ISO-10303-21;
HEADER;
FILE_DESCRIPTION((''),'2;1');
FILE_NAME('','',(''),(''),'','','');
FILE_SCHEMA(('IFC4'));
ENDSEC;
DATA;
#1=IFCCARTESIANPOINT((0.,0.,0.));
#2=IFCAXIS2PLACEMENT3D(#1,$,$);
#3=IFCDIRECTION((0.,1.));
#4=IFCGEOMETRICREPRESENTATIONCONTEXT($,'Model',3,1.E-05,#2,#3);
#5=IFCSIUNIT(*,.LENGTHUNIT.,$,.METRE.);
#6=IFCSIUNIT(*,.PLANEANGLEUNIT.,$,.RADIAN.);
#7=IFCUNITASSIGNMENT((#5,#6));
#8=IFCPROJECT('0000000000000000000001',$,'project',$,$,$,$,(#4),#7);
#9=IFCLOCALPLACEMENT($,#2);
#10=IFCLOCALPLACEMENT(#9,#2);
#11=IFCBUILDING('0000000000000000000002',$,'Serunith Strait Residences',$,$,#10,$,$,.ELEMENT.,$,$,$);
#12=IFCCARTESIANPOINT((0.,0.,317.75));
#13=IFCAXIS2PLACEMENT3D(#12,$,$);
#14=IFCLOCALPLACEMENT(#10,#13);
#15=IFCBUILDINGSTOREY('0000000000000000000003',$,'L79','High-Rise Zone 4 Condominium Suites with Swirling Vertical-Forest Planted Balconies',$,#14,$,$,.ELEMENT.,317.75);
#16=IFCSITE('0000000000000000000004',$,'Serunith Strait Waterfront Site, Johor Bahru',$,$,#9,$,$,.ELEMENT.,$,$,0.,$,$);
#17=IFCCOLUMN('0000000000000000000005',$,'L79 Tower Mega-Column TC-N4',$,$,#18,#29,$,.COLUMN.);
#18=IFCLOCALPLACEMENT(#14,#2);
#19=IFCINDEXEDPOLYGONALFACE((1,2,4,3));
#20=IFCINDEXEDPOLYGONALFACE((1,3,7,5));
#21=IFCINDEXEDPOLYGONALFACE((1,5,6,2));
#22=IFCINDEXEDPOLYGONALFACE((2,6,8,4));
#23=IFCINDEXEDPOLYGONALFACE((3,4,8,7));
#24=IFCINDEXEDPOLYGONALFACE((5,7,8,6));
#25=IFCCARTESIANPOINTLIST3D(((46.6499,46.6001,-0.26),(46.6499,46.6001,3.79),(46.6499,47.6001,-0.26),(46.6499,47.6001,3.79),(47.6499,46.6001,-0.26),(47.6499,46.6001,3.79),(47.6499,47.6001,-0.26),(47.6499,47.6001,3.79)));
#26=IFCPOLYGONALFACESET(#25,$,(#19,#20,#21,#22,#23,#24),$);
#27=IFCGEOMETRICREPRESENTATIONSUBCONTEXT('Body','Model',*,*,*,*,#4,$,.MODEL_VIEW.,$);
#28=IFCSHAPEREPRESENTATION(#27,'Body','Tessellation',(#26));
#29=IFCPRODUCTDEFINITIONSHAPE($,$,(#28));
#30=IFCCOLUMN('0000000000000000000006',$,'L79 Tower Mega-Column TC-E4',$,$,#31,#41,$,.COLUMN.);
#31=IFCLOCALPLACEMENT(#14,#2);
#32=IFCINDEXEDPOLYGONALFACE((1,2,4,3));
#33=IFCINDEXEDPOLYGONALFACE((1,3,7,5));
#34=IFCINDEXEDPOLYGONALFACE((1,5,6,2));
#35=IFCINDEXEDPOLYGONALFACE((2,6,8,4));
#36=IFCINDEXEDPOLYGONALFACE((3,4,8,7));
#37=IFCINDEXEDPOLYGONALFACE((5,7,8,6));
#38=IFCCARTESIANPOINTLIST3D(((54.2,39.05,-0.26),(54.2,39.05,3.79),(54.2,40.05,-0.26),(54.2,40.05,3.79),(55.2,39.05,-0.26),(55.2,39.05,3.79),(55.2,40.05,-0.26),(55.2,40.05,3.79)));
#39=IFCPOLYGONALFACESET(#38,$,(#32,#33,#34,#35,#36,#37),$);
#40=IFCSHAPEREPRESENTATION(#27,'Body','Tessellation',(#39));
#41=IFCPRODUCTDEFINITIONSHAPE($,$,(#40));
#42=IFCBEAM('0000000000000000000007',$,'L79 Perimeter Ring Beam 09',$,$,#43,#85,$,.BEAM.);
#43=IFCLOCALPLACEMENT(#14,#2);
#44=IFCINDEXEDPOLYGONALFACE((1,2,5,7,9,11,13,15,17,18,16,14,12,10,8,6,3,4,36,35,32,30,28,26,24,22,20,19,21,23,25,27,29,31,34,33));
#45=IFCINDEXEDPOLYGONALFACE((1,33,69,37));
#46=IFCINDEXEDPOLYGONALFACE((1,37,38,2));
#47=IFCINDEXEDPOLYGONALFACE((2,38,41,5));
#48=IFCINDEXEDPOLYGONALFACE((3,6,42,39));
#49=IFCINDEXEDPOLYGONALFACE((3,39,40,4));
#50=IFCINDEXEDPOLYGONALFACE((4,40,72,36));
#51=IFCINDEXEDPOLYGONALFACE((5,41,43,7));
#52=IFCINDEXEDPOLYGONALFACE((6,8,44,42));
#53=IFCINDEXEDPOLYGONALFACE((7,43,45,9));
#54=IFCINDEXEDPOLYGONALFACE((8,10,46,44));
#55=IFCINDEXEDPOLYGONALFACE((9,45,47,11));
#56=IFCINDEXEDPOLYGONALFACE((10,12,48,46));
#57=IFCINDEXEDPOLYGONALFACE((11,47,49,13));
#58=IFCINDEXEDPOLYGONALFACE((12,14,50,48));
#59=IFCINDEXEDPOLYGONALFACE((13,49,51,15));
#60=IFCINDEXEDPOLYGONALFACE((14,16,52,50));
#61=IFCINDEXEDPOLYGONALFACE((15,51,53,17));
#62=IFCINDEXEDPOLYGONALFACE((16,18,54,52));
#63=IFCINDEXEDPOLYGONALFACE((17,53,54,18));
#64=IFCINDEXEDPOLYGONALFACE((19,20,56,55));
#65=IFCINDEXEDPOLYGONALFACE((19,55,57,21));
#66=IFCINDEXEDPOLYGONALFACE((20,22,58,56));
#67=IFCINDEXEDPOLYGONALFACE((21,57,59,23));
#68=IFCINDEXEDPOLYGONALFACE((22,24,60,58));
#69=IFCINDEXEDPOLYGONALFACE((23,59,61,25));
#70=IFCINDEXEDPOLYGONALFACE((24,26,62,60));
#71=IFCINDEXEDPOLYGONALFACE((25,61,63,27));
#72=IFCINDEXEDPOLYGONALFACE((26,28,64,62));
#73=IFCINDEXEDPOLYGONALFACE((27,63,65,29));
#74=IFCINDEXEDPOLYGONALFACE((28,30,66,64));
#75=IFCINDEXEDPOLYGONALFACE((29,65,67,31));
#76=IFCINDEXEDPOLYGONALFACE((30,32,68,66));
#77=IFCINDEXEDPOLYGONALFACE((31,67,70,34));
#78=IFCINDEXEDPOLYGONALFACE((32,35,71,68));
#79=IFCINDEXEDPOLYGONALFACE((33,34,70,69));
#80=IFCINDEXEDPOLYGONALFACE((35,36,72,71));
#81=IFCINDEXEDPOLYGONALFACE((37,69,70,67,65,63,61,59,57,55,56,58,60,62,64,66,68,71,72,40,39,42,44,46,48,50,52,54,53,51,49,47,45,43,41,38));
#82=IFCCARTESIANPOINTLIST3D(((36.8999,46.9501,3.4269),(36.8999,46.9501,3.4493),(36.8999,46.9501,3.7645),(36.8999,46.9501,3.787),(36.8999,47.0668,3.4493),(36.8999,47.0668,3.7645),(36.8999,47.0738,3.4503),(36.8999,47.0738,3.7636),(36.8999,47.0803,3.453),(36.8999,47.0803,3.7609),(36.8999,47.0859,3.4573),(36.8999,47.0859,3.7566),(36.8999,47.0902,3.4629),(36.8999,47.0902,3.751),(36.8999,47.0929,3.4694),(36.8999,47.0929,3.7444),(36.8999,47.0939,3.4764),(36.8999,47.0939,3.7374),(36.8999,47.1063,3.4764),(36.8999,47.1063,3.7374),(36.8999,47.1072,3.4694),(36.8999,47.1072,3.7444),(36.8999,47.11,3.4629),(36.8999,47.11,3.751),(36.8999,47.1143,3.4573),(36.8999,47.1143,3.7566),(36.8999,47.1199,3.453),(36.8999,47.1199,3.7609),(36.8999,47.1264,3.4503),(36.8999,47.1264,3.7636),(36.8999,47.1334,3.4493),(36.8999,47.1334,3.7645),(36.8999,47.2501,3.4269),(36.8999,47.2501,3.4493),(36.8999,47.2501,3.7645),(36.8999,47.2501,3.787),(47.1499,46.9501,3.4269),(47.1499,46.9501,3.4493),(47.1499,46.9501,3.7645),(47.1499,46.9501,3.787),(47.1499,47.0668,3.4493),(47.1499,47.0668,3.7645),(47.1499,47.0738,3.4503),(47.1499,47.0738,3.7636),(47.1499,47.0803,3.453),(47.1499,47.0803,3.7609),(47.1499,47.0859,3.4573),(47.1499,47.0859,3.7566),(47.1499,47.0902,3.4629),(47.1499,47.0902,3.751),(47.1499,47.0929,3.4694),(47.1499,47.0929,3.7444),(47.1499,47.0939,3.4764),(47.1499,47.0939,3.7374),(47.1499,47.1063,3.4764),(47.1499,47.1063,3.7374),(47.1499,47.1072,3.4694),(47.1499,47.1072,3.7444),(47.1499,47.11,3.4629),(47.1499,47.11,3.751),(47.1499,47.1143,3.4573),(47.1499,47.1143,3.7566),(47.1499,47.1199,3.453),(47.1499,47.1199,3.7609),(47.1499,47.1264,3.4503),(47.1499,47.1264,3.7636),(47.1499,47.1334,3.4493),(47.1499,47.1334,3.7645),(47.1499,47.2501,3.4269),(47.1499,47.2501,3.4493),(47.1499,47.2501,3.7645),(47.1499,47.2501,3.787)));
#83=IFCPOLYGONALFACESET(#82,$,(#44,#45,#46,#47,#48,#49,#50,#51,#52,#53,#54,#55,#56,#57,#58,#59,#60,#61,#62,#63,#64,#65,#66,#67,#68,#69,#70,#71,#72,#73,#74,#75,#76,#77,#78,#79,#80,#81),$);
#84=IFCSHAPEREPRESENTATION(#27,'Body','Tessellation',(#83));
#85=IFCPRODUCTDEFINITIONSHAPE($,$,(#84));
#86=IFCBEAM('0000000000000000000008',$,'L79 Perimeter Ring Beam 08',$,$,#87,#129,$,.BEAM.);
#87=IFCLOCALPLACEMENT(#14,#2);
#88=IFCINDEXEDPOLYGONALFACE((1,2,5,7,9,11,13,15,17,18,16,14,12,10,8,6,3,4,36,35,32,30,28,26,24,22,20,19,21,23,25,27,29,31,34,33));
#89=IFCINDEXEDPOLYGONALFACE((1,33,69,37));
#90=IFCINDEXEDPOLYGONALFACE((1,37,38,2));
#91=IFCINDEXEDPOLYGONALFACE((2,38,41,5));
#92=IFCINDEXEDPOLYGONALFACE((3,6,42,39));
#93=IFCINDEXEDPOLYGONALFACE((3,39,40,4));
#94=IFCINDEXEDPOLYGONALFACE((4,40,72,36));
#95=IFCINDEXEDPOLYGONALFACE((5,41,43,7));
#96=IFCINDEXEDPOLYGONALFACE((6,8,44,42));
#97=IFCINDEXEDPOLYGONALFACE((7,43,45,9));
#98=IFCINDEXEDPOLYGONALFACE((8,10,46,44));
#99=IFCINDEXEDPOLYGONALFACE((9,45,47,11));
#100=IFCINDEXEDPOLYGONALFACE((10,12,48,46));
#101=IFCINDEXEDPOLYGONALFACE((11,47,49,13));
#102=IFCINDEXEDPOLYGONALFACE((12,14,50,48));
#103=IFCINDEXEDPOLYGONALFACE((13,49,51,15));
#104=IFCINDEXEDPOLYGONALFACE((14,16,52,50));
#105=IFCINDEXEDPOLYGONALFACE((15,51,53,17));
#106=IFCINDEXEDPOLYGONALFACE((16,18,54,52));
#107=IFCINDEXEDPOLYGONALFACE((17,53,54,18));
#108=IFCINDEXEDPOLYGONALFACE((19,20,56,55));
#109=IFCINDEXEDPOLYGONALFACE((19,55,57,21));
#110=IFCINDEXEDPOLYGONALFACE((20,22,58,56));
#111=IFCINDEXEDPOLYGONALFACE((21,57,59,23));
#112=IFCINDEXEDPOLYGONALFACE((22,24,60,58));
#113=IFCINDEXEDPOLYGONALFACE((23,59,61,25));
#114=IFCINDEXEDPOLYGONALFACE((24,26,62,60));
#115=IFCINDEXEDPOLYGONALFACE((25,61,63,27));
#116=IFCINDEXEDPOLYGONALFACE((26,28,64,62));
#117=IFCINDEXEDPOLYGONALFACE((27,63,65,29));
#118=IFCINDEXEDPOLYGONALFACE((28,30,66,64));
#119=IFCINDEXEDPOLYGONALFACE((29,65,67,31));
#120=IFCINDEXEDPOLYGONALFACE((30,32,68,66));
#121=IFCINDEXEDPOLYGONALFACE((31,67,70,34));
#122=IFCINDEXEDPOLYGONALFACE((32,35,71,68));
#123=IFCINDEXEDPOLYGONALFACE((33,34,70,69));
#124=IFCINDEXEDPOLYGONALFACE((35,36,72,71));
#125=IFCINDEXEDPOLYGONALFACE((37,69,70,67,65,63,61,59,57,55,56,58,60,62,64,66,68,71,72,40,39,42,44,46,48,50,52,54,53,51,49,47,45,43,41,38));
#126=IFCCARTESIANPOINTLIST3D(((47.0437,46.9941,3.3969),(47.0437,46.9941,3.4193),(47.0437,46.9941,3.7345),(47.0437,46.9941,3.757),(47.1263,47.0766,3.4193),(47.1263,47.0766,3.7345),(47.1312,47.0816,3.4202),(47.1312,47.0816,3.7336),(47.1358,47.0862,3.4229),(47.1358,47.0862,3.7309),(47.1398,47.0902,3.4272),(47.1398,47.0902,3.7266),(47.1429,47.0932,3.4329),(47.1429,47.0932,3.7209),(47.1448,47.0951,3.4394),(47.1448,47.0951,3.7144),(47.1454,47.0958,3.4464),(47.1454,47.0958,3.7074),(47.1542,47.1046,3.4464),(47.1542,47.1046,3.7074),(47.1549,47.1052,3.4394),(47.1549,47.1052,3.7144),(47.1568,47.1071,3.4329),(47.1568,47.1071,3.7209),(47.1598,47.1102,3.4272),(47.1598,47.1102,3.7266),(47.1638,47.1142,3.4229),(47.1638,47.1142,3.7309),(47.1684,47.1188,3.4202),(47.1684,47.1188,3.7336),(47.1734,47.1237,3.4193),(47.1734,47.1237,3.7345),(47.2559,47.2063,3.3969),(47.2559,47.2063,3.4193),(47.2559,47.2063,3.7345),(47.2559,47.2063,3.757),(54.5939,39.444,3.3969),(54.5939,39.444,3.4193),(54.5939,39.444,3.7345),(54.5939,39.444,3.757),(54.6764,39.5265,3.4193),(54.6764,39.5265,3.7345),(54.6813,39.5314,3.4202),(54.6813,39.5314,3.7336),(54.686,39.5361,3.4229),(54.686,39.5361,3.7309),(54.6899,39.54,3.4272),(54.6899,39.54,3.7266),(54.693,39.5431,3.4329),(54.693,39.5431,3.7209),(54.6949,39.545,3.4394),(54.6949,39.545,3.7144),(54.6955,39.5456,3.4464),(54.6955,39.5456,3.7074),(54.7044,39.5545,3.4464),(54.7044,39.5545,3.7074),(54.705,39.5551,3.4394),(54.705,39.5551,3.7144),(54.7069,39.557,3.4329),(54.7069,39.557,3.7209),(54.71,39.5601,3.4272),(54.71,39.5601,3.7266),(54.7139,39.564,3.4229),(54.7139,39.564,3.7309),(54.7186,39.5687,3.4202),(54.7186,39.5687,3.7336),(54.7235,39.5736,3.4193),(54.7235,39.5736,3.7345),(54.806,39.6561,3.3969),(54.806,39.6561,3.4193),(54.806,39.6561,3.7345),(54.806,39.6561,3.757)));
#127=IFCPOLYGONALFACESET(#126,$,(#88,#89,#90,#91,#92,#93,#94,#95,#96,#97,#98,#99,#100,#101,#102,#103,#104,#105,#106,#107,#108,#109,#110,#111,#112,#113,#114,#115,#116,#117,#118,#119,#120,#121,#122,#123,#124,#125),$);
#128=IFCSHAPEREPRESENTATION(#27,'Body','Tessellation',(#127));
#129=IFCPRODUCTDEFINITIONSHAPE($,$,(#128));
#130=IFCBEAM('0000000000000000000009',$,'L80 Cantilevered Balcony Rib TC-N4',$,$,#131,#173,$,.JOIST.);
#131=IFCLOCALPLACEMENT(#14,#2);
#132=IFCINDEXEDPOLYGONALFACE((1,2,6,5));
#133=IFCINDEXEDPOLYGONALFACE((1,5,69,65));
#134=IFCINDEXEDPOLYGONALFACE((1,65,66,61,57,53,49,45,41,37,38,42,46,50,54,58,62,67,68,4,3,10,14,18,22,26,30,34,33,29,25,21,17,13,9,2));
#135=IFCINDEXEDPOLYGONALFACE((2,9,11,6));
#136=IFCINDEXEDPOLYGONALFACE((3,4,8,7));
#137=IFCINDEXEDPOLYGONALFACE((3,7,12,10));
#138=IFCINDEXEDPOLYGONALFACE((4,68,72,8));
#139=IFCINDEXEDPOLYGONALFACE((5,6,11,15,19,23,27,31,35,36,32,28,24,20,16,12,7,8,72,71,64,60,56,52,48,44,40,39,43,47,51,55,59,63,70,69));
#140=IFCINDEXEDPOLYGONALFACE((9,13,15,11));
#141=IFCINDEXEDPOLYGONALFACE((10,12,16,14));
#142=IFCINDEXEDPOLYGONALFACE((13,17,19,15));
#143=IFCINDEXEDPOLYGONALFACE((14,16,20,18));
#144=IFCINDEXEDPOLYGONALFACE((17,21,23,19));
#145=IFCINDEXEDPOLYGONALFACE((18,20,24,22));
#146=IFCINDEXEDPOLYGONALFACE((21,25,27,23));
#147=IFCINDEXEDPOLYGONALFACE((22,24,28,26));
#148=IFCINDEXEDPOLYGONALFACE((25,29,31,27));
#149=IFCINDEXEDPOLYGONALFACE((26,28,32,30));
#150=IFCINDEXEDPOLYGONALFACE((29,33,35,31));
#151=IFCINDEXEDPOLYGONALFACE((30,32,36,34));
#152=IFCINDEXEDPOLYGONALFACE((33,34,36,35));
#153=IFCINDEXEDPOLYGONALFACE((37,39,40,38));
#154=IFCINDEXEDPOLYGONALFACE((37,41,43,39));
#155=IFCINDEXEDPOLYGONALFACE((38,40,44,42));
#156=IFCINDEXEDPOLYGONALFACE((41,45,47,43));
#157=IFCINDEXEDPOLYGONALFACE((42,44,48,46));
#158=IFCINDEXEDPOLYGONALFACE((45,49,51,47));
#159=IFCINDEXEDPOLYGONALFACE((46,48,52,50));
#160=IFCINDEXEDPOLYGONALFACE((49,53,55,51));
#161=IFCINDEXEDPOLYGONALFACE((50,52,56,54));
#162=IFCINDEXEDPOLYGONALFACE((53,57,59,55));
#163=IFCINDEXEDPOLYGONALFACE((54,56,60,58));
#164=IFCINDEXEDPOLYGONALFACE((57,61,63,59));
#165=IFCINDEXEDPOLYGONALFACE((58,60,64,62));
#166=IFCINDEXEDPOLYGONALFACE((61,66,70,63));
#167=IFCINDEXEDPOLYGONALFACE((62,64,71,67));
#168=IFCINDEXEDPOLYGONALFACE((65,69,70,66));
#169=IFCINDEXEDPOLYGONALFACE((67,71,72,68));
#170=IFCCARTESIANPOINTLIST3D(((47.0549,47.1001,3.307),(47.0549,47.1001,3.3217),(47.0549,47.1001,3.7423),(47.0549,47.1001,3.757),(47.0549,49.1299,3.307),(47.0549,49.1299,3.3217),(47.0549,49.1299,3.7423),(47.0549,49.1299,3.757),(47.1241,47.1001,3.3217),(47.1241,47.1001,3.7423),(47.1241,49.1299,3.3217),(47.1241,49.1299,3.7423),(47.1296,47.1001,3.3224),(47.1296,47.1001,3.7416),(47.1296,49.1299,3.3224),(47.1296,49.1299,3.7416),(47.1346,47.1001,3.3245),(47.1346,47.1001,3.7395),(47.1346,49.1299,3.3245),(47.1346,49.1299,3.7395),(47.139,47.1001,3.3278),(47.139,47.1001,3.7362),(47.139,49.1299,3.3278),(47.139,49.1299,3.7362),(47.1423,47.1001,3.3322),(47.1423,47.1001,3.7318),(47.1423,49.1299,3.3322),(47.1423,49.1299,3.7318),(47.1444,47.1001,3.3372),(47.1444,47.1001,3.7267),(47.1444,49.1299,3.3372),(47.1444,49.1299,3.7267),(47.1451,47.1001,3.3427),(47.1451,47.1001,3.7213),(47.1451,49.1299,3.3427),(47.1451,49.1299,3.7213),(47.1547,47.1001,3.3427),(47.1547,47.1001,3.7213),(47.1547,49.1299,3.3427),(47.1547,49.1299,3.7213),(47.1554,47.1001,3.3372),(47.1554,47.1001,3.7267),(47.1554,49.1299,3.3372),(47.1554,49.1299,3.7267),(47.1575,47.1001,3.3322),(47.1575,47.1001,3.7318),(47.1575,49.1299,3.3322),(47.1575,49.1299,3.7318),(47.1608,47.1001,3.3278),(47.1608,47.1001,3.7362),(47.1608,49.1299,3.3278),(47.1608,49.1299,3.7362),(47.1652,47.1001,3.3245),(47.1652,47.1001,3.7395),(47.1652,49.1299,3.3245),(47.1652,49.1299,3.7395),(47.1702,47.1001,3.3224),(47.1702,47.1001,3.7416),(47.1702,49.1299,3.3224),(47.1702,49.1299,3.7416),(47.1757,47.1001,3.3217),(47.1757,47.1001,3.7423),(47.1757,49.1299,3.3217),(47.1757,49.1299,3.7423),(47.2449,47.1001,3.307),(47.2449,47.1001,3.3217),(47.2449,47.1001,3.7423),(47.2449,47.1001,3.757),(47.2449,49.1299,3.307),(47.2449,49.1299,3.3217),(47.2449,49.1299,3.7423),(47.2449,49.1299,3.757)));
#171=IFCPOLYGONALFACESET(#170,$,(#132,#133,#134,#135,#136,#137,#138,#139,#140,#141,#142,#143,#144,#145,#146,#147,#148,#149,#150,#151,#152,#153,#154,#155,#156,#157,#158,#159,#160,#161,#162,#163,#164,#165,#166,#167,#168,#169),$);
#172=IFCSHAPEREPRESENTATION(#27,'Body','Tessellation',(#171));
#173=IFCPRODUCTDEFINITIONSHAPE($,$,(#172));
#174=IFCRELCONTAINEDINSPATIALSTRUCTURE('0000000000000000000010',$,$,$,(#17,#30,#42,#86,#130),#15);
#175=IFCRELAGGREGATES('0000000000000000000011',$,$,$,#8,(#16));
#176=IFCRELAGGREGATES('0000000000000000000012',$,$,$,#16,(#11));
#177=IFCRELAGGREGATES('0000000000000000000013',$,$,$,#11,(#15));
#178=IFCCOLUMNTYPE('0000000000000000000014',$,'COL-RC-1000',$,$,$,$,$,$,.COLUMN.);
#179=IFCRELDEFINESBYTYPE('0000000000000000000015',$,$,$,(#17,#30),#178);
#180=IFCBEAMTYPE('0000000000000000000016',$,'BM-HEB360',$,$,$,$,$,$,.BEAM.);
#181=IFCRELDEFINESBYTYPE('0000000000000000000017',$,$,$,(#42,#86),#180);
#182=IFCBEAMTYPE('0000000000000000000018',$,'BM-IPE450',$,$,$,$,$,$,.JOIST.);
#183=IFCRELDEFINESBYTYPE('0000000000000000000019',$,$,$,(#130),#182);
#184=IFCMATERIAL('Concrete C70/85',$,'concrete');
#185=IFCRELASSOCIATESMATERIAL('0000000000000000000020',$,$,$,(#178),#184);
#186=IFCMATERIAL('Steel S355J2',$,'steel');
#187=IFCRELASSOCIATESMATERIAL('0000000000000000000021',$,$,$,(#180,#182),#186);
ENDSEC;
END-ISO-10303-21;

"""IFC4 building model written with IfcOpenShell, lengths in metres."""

from ifc_helpers import new_model, si_unit, direction, frame, origin, origin_2d, place, context, subcontext, project, spatial, rectangle, i_section, extrude, source, transform, mapped, material, material_profile, profile_set, type_object, element, save


model = new_model("IFC4")

# Units and contexts
model_context = context("Model", 3, precision=1e-05, world=origin(), true_north=direction((0.0, 1.0)))
body_context = subcontext(model_context, "Body", "Model", "MODEL_VIEW")
ifc_project = project(units=[si_unit("LENGTHUNIT", "METRE"), si_unit("PLANEANGLEUNIT", "RADIAN")], contexts=[model_context])

# Site, building, storey
site_placement = place(None, origin())
site = spatial("IfcSite", under=ifc_project, at=site_placement, Name="Serunith Strait Waterfront Site, Johor Bahru", CompositionType="ELEMENT", RefElevation=0.0)
building_placement = place(site_placement, origin())
building = spatial("IfcBuilding", under=site, at=building_placement, Name="Serunith Strait Residences", CompositionType="ELEMENT")
storey_placement = place(building_placement, frame((0.0, 0.0, 317.75)))
storey = spatial("IfcBuildingStorey", under=building, at=storey_placement, Name="L79", Description="High-Rise Zone 4 Condominium Suites with Swirling Vertical-Forest Planted Balconies", CompositionType="ELEMENT", Elevation=317.75)

# Columns
ifc_material_1 = material(Name="Concrete C70/85", Category="concrete")
ifc_material_profile_1 = material_profile(ifc_material_1, rectangle(XDim=1.0, YDim=1.0, at=origin_2d()), Name="RC 1000x1000")
ifc_profile_set_1 = profile_set([ifc_material_profile_1], Name="Concrete C70/85")
column_type = type_object("IfcColumnType", Name="COL-RC-1000", PredefinedType="COLUMN", material=ifc_profile_set_1)
shared_shape_1 = source(origin(), body_context, "Body", "SweptSolid", [
    extrude(rectangle(XDim=1.0, YDim=1.0, at=origin_2d()), origin(), (0.0, 0.0, 1.0), 4.05),
])
for number, where, z_axis, x_axis, name in (
    (1, (47.1499, 47.1001, -0.26), (0.0, 0.0, 1.0), (1.0, 0.0, 0.0), "L79 Tower Mega-Column TC-N4"),
    (2, (54.7, 39.55, -0.26), (0.0, 0.0, 1.0), (1.0, 0.0, 0.0), "L79 Tower Mega-Column TC-E4"),
):
    element("IfcColumn", number, at=place(storey_placement, frame(where, z_axis=z_axis, x_axis=x_axis)), inside=storey, type_object=column_type, Name=name, PredefinedType="COLUMN", context=body_context, shape_type="MappedRepresentation", body=[
        mapped(shared_shape_1, transform((0.0, 0.0, 0.0), scale=1.0)),
    ])

# Beams
ifc_material_2 = material(Name="Steel S355J2", Category="steel")
ifc_material_profile_2 = material_profile(ifc_material_2, i_section(OverallWidth=0.3, OverallDepth=0.3601, WebThickness=0.0125, FlangeThickness=0.0225, FilletRadius=0.0271, at=origin_2d()), Name="HEB 360")
ifc_profile_set_2 = profile_set([ifc_material_profile_2], Name="Steel S355J2")
beam_type_1 = type_object("IfcBeamType", Name="BM-HEB360", PredefinedType="BEAM", material=ifc_profile_set_2)
shared_shape_2 = source(origin(), body_context, "Body", "SweptSolid", [
    extrude(i_section(OverallWidth=0.3, OverallDepth=0.3601, WebThickness=0.0125, FlangeThickness=0.0225, FilletRadius=0.0271, at=origin_2d()), origin(), (0.0, 0.0, 1.0), 10.25),
])
beam_1_placement = place(storey_placement, frame((47.1499, 47.1001, 3.6069), z_axis=(-1.0, 0.0, 0.0), x_axis=(0.0, -1.0, 0.0)))
element("IfcBeam", 3, at=beam_1_placement, inside=storey, type_object=beam_type_1, Name="L79 Perimeter Ring Beam 09", PredefinedType="BEAM", context=body_context, shape_type="MappedRepresentation", body=[
    mapped(shared_shape_2, transform((0.0, 0.0, 0.0), scale=1.0)),
])
shared_shape_3 = source(origin(), body_context, "Body", "SweptSolid", [
    extrude(i_section(OverallWidth=0.3, OverallDepth=0.3601, WebThickness=0.0125, FlangeThickness=0.0225, FilletRadius=0.0271, at=origin_2d()), origin(), (0.0, 0.0, 1.0), 10.6775),
])
beam_2_placement = place(storey_placement, frame((54.7, 39.55, 3.5769), z_axis=(-0.707107, 0.707107, 0.0), x_axis=(-0.707107, -0.707107, 0.0)))
element("IfcBeam", 4, at=beam_2_placement, inside=storey, type_object=beam_type_1, Name="L79 Perimeter Ring Beam 08", PredefinedType="BEAM", context=body_context, shape_type="MappedRepresentation", body=[
    mapped(shared_shape_3, transform((0.0, 0.0, 0.0), scale=1.0)),
])
ifc_material_profile_3 = material_profile(ifc_material_2, i_section(OverallWidth=0.1899, OverallDepth=0.45, WebThickness=0.0095, FlangeThickness=0.0146, FilletRadius=0.021, at=origin_2d()), Name="IPE 450")
ifc_profile_set_3 = profile_set([ifc_material_profile_3], Name="Steel S355J2")
beam_type_2 = type_object("IfcBeamType", Name="BM-IPE450", PredefinedType="JOIST", material=ifc_profile_set_3)
shared_shape_4 = source(origin(), body_context, "Body", "SweptSolid", [
    extrude(i_section(OverallWidth=0.1899, OverallDepth=0.45, WebThickness=0.0095, FlangeThickness=0.0146, FilletRadius=0.021, at=origin_2d()), origin(), (0.0, 0.0, 1.0), 2.0298),
])
beam_3_placement = place(storey_placement, frame((47.1499, 47.1001, 3.532), z_axis=(0.0, 1.0, 0.0), x_axis=(-1.0, 0.0, 0.0)))
element("IfcBeam", 5, at=beam_3_placement, inside=storey, type_object=beam_type_2, Name="L80 Cantilevered Balcony Rib TC-N4", PredefinedType="JOIST", context=body_context, shape_type="MappedRepresentation", body=[
    mapped(shared_shape_4, transform((0.0, 0.0, 0.0), scale=1.0)),
])

save(model, "model.ifc")
